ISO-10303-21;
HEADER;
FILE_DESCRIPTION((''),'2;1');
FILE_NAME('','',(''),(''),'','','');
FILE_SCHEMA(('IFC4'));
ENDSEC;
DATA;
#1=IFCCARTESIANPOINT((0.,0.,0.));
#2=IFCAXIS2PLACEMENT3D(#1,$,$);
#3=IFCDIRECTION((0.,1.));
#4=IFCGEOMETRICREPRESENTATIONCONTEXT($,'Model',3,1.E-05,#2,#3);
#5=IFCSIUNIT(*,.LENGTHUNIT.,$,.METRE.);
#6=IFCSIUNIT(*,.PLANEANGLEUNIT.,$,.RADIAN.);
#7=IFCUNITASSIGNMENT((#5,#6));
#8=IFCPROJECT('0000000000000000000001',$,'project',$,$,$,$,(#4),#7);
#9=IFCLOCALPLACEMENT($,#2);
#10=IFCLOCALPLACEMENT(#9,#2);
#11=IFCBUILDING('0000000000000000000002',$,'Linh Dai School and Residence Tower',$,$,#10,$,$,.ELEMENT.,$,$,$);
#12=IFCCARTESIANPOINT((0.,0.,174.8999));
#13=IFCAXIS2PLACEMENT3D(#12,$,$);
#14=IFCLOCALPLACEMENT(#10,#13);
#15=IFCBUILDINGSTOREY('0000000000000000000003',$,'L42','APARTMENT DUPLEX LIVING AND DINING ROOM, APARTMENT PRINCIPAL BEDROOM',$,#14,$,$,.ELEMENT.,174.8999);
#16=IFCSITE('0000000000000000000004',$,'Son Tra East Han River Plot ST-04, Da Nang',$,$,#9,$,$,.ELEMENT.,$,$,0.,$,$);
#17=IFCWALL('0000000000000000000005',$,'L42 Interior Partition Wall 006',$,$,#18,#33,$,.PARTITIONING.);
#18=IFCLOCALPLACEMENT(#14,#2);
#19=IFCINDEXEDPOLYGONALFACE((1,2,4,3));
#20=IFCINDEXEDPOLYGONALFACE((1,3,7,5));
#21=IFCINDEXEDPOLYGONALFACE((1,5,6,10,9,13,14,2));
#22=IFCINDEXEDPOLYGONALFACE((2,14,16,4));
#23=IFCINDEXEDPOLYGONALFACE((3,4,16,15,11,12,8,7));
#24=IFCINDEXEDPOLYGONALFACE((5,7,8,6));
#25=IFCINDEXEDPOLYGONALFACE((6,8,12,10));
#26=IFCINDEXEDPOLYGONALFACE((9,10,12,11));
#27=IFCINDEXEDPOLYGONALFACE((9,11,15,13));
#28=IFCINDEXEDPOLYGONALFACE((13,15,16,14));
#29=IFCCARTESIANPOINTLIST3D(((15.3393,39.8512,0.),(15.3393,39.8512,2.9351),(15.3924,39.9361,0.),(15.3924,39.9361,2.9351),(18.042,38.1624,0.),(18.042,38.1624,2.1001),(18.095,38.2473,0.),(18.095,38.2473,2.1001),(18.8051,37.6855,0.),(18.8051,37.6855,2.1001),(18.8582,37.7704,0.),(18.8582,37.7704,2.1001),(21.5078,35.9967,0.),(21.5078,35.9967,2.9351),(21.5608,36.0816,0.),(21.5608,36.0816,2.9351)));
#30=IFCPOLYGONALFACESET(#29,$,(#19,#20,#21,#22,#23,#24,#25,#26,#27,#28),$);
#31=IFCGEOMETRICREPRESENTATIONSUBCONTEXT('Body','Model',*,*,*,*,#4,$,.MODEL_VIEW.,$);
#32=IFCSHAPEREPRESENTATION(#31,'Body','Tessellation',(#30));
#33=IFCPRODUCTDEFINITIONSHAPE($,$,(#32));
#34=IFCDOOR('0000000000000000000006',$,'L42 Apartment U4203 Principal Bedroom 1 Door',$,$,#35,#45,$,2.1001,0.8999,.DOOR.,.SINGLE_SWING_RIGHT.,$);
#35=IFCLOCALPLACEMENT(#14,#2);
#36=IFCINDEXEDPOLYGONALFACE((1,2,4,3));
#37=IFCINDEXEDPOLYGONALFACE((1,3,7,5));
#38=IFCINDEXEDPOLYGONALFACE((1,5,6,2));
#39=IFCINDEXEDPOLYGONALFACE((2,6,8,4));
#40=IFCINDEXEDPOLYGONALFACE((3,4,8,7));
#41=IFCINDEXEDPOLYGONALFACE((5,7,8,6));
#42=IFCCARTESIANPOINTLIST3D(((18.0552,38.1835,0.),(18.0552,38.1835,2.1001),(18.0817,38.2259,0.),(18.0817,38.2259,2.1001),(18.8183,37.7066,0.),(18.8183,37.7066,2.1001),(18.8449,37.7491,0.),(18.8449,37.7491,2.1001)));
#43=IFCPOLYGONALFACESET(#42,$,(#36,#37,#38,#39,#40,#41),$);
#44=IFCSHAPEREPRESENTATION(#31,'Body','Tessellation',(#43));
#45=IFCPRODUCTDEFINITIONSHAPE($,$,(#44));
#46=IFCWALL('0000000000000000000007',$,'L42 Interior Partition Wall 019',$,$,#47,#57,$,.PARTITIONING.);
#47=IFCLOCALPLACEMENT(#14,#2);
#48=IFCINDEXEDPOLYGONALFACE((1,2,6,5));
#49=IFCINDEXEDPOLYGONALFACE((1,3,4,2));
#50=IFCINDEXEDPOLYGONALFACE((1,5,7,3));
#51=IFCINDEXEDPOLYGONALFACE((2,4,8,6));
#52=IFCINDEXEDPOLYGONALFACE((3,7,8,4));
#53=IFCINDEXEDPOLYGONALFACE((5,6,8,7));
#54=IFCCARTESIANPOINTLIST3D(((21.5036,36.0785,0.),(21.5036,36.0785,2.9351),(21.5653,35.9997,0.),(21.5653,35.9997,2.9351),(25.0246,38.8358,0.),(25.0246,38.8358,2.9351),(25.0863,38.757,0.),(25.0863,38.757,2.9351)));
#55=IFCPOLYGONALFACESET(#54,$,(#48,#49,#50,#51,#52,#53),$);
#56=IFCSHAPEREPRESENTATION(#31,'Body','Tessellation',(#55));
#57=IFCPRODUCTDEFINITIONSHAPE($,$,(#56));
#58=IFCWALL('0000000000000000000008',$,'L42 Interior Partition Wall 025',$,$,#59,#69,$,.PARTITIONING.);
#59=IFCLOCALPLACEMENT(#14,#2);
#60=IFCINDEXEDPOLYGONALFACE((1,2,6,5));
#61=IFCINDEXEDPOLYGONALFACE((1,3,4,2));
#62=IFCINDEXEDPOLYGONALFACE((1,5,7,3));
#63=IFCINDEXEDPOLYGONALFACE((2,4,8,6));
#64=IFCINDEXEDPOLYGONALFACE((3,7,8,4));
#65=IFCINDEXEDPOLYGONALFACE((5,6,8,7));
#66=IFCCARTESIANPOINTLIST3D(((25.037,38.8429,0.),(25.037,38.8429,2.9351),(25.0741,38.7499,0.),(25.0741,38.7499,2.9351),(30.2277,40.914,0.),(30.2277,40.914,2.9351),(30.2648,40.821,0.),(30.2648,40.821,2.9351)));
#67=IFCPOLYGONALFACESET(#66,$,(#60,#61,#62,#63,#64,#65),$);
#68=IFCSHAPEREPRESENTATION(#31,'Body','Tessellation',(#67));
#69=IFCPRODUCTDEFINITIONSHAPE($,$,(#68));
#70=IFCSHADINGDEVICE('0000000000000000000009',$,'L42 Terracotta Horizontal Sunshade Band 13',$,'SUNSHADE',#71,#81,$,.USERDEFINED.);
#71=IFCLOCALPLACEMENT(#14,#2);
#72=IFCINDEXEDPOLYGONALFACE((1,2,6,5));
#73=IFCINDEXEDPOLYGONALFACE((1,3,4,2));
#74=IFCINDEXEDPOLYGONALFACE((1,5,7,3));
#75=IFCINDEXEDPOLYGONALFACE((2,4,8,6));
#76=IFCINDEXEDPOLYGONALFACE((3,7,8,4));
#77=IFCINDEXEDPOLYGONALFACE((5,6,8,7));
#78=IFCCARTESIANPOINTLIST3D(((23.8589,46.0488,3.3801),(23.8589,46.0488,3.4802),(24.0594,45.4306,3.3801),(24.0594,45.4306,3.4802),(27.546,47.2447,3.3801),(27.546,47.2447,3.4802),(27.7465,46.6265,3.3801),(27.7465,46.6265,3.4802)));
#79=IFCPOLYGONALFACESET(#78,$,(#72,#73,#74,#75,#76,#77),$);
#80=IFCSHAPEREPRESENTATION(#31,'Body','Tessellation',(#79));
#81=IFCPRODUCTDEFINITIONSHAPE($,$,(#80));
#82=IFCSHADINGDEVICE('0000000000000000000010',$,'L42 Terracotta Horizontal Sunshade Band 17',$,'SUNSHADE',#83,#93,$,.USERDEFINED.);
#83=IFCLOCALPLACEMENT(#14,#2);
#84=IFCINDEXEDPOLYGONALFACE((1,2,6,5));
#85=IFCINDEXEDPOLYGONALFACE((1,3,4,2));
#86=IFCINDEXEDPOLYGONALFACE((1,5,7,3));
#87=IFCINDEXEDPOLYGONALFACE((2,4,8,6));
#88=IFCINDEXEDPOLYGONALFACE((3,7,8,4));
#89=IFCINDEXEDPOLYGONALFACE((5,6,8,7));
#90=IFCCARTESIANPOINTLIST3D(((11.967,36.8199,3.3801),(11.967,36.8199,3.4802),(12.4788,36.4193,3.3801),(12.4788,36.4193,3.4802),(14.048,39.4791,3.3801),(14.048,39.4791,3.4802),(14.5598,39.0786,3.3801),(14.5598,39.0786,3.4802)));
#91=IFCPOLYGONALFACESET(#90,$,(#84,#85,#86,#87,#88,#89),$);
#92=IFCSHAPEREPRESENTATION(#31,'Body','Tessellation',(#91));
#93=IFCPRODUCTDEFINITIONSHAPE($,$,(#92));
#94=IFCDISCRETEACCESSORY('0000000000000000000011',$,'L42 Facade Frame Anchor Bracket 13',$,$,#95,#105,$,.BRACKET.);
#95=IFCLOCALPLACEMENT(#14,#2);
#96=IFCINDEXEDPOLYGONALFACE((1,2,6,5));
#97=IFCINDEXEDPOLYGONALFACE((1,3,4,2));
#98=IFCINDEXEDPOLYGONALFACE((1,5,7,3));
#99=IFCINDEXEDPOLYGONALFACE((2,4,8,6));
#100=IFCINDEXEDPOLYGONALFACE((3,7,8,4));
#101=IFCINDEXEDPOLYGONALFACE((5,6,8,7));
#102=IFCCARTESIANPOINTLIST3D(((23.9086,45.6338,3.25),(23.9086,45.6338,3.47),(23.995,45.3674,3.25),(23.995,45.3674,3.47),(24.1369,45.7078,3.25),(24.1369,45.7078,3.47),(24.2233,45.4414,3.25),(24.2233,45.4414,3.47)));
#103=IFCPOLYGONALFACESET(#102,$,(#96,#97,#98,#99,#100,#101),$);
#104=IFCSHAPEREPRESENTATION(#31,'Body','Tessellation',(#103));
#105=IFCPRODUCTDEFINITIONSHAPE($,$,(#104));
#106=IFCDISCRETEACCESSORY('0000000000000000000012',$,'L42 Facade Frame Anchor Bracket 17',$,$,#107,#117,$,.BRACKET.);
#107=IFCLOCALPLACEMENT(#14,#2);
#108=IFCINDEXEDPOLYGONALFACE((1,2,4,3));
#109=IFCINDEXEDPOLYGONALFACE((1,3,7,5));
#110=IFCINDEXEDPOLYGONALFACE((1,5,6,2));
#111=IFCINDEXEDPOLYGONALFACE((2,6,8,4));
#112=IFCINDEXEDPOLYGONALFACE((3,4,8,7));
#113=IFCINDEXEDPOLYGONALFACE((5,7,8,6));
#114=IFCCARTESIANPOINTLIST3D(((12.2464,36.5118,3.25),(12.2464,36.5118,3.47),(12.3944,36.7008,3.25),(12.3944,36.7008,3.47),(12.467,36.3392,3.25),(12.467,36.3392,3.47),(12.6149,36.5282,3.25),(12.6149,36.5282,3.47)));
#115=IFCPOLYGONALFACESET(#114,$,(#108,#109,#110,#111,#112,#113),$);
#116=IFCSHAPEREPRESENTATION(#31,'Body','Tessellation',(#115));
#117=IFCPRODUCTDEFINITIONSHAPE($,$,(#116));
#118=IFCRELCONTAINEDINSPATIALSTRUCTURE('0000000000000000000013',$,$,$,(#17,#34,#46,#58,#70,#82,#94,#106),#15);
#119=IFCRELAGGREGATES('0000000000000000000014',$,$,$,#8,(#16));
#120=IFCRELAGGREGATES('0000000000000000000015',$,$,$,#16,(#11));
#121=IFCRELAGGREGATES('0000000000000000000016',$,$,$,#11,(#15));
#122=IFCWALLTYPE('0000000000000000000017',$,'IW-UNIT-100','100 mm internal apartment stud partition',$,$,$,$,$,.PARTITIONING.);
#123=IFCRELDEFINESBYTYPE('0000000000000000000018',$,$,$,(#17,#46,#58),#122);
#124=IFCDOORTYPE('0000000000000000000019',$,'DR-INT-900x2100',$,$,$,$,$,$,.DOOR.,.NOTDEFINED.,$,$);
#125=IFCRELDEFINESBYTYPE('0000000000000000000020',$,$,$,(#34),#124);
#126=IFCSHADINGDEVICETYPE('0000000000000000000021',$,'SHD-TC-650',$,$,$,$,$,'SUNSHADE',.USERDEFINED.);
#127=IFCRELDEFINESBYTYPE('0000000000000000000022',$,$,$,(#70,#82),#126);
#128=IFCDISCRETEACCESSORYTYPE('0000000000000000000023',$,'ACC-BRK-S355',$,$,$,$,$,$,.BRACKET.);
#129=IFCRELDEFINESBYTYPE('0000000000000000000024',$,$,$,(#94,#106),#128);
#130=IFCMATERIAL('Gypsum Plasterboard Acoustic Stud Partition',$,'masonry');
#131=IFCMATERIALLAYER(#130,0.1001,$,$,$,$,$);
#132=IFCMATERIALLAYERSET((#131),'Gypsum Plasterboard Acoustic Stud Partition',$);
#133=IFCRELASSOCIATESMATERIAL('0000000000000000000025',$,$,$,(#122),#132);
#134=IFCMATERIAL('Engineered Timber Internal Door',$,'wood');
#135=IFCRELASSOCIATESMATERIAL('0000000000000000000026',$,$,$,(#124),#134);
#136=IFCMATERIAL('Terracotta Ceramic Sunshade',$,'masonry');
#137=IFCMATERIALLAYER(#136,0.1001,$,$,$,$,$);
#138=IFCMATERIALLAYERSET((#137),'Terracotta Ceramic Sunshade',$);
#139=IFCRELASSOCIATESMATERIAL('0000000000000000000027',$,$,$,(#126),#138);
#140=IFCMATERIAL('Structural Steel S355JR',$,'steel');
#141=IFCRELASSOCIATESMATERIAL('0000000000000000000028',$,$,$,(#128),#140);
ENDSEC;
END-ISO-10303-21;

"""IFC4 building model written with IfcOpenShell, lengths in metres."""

from ifc_helpers import new_model, si_unit, direction, frame, frame_2d, origin, origin_2d, place, context, subcontext, project, spatial, rectangle, extrude, source, transform, mapped, material, layer, layer_set, type_object, element, fill, save


model = new_model("IFC4")

# Units and contexts
model_context = context("Model", 3, precision=1e-05, world=origin(), true_north=direction((0.0, 1.0)))
body_context = subcontext(model_context, "Body", "Model", "MODEL_VIEW")
ifc_project = project(units=[si_unit("LENGTHUNIT", "METRE"), si_unit("PLANEANGLEUNIT", "RADIAN")], contexts=[model_context])

# Site, building, storey
site_placement = place(None, origin())
site = spatial("IfcSite", under=ifc_project, at=site_placement, Name="Son Tra East Han River Plot ST-04, Da Nang", CompositionType="ELEMENT", RefElevation=0.0)
building_placement = place(site_placement, origin())
building = spatial("IfcBuilding", under=site, at=building_placement, Name="Linh Dai School and Residence Tower", CompositionType="ELEMENT")
storey_placement = place(building_placement, frame((0.0, 0.0, 174.8999)))
storey = spatial("IfcBuildingStorey", under=building, at=storey_placement, Name="L42", Description="APARTMENT DUPLEX LIVING AND DINING ROOM, APARTMENT PRINCIPAL BEDROOM", CompositionType="ELEMENT", Elevation=174.8999)

# Shared definitions
ifc_material_1 = material(Name="Structural Steel S355JR", Category="steel")

# Wall, opening, door
ifc_material_2 = material(Name="Gypsum Plasterboard Acoustic Stud Partition", Category="masonry")
ifc_layer_1 = layer(ifc_material_2, 0.1001)
ifc_layer_set_1 = layer_set([ifc_layer_1], Name="Gypsum Plasterboard Acoustic Stud Partition")
wall_type_1 = type_object("IfcWallType", Name="IW-UNIT-100", Description="100 mm internal apartment stud partition", PredefinedType="PARTITIONING", material=ifc_layer_set_1)
wall_1_placement = place(storey_placement, frame((15.366, 39.8936, 0.0), z_axis=(0.0, 0.0, 1.0), x_axis=(0.848047, -0.52992, 0.0)))
wall_1 = element("IfcWall", 1, at=wall_1_placement, inside=storey, type_object=wall_type_1, Name="L42 Interior Partition Wall 006", PredefinedType="PARTITIONING", context=body_context, shape_type="SweptSolid", body=[
    extrude(rectangle(XDim=7.2737, YDim=0.1001, at=frame_2d((3.6367, 0.0))), origin(), (0.0, 0.0, 1.0), 2.9351),
])
opening_1_placement = place(wall_1_placement, frame((3.1868, 0.0, 0.0)))
opening_1 = element("IfcOpeningElement", 2, at=opening_1_placement, cuts=wall_1, PredefinedType="OPENING", context=body_context, shape_type="SweptSolid", body=[
    extrude(rectangle(XDim=0.8999, YDim=2.1001, at=origin_2d()), frame((0.45, 0.0601, 1.05), z_axis=(0.0, -1.0, 0.0), x_axis=(1.0, 0.0, 0.0)), (0.0, 0.0, 1.0), 0.1201),
])
ifc_material_3 = material(Name="Engineered Timber Internal Door", Category="wood")
door_type_1 = type_object("IfcDoorType", Name="DR-INT-900x2100", OperationType="NOTDEFINED", PredefinedType="DOOR", material=ifc_material_3)
shared_shape_1 = source(origin(), body_context, "Body", "SweptSolid", [
    extrude(rectangle(XDim=0.8999, YDim=2.1001, at=origin_2d()), frame((0.45, 0.0249, 1.05), z_axis=(0.0, -1.0, 0.0), x_axis=(1.0, 0.0, 0.0)), (0.0, 0.0, 1.0), 0.05),
])
door_1_placement = place(opening_1_placement, origin())
door_1 = element("IfcDoor", 3, at=door_1_placement, inside=storey, type_object=door_type_1, Name="L42 Apartment U4203 Principal Bedroom 1 Door", OperationType="SINGLE_SWING_RIGHT", OverallHeight=2.1001, OverallWidth=0.8999, PredefinedType="DOOR", context=body_context, shape_type="MappedRepresentation", body=[
    mapped(shared_shape_1, transform((0.0, 0.0, 0.0), x_axis=(1.0, 0.0, 0.0), y_axis=(0.0, 1.0, 0.0), z_axis=(0.0, 0.0, 1.0), scale=1.0)),
])
fill(opening_1, door_1)

# Walls
wall_2_placement = place(storey_placement, frame((21.5344, 36.0391, 0.0), z_axis=(0.0, 0.0, 1.0), x_axis=(0.787314, 0.616553, 0.0)))
element("IfcWall", 4, at=wall_2_placement, inside=storey, type_object=wall_type_1, Name="L42 Interior Partition Wall 019", PredefinedType="PARTITIONING", context=body_context, shape_type="SweptSolid", body=[
    extrude(rectangle(XDim=4.4722, YDim=0.1001, at=frame_2d((2.2361, 0.0))), origin(), (0.0, 0.0, 1.0), 2.9351),
])
wall_3_placement = place(storey_placement, frame((25.0554, 38.7964, 0.0), z_axis=(0.0, 0.0, 1.0), x_axis=(0.928799, 0.370585, 0.0)))
element("IfcWall", 5, at=wall_3_placement, inside=storey, type_object=wall_type_1, Name="L42 Interior Partition Wall 025", PredefinedType="PARTITIONING", context=body_context, shape_type="SweptSolid", body=[
    extrude(rectangle(XDim=5.5886, YDim=0.1001, at=frame_2d((2.7944, 0.0))), origin(), (0.0, 0.0, 1.0), 2.9351),
])

# Shading devices
ifc_material_4 = material(Name="Terracotta Ceramic Sunshade", Category="masonry")
ifc_layer_2 = layer(ifc_material_4, 0.1001)
ifc_layer_set_2 = layer_set([ifc_layer_2], Name="Terracotta Ceramic Sunshade")
shading_device_type = type_object("IfcShadingDeviceType", Name="SHD-TC-650", ElementType="SUNSHADE", PredefinedType="USERDEFINED", material=ifc_layer_set_2)
shared_shape_2 = source(origin(), body_context, "Body", "SweptSolid", [
    extrude(rectangle(XDim=3.8762, YDim=0.6499, at=origin_2d()), origin(), (0.0, 0.0, 1.0), 0.1001),
])
shading_device_1_placement = place(storey_placement, frame((25.8027, 46.3376, 3.3801), z_axis=(0.0, 0.0, 1.0), x_axis=(0.951213, 0.308536, 0.0)))
element("IfcShadingDevice", 6, at=shading_device_1_placement, inside=storey, type_object=shading_device_type, Name="L42 Terracotta Horizontal Sunshade Band 13", ObjectType="SUNSHADE", PredefinedType="USERDEFINED", context=body_context, shape_type="MappedRepresentation", body=[
    mapped(shared_shape_2, transform((0.0, 0.0, 0.0), x_axis=(1.0, 0.0, 0.0), y_axis=(0.0, 1.0, 0.0), z_axis=(0.0, 0.0, 1.0), scale=1.0)),
])
shared_shape_3 = source(origin(), body_context, "Body", "SweptSolid", [
    extrude(rectangle(XDim=3.3767, YDim=0.6499, at=origin_2d()), origin(), (0.0, 0.0, 1.0), 0.1001),
])
shading_device_2_placement = place(storey_placement, frame((13.2634, 37.9492, 3.3801), z_axis=(0.0, 0.0, 1.0), x_axis=(0.616286, 0.787522, 0.0)))
element("IfcShadingDevice", 7, at=shading_device_2_placement, inside=storey, type_object=shading_device_type, Name="L42 Terracotta Horizontal Sunshade Band 17", ObjectType="SUNSHADE", PredefinedType="USERDEFINED", context=body_context, shape_type="MappedRepresentation", body=[
    mapped(shared_shape_3, transform((0.0, 0.0, 0.0), x_axis=(1.0, 0.0, 0.0), y_axis=(0.0, 1.0, 0.0), z_axis=(0.0, 0.0, 1.0), scale=1.0)),
])

# Discrete accessories
discrete_accessory_type = type_object("IfcDiscreteAccessoryType", Name="ACC-BRK-S355", PredefinedType="BRACKET", material=ifc_material_1)
shared_shape_4 = source(origin(), body_context, "Body", "SweptSolid", [
    extrude(rectangle(XDim=0.28, YDim=0.24, at=origin_2d()), origin(), (0.0, 0.0, 1.0), 0.22),
])
for number, where, z_axis, x_axis, name in (
    (8, (24.0659, 45.5376, 3.25), (0.0, 0.0, 1.0), (-0.308536, 0.951213, 0.0), "L42 Facade Frame Anchor Bracket 13"),
    (9, (12.4307, 36.52, 3.25), (0.0, 0.0, 1.0), (-0.787522, 0.616286, 0.0), "L42 Facade Frame Anchor Bracket 17"),
):
    element("IfcDiscreteAccessory", number, at=place(storey_placement, frame(where, z_axis=z_axis, x_axis=x_axis)), inside=storey, type_object=discrete_accessory_type, Name=name, PredefinedType="BRACKET", context=body_context, shape_type="MappedRepresentation", body=[
        mapped(shared_shape_4, transform((0.0, 0.0, 0.0), x_axis=(1.0, 0.0, 0.0), y_axis=(0.0, 1.0, 0.0), z_axis=(0.0, 0.0, 1.0), scale=1.0)),
    ])

save(model, "model.ifc")
